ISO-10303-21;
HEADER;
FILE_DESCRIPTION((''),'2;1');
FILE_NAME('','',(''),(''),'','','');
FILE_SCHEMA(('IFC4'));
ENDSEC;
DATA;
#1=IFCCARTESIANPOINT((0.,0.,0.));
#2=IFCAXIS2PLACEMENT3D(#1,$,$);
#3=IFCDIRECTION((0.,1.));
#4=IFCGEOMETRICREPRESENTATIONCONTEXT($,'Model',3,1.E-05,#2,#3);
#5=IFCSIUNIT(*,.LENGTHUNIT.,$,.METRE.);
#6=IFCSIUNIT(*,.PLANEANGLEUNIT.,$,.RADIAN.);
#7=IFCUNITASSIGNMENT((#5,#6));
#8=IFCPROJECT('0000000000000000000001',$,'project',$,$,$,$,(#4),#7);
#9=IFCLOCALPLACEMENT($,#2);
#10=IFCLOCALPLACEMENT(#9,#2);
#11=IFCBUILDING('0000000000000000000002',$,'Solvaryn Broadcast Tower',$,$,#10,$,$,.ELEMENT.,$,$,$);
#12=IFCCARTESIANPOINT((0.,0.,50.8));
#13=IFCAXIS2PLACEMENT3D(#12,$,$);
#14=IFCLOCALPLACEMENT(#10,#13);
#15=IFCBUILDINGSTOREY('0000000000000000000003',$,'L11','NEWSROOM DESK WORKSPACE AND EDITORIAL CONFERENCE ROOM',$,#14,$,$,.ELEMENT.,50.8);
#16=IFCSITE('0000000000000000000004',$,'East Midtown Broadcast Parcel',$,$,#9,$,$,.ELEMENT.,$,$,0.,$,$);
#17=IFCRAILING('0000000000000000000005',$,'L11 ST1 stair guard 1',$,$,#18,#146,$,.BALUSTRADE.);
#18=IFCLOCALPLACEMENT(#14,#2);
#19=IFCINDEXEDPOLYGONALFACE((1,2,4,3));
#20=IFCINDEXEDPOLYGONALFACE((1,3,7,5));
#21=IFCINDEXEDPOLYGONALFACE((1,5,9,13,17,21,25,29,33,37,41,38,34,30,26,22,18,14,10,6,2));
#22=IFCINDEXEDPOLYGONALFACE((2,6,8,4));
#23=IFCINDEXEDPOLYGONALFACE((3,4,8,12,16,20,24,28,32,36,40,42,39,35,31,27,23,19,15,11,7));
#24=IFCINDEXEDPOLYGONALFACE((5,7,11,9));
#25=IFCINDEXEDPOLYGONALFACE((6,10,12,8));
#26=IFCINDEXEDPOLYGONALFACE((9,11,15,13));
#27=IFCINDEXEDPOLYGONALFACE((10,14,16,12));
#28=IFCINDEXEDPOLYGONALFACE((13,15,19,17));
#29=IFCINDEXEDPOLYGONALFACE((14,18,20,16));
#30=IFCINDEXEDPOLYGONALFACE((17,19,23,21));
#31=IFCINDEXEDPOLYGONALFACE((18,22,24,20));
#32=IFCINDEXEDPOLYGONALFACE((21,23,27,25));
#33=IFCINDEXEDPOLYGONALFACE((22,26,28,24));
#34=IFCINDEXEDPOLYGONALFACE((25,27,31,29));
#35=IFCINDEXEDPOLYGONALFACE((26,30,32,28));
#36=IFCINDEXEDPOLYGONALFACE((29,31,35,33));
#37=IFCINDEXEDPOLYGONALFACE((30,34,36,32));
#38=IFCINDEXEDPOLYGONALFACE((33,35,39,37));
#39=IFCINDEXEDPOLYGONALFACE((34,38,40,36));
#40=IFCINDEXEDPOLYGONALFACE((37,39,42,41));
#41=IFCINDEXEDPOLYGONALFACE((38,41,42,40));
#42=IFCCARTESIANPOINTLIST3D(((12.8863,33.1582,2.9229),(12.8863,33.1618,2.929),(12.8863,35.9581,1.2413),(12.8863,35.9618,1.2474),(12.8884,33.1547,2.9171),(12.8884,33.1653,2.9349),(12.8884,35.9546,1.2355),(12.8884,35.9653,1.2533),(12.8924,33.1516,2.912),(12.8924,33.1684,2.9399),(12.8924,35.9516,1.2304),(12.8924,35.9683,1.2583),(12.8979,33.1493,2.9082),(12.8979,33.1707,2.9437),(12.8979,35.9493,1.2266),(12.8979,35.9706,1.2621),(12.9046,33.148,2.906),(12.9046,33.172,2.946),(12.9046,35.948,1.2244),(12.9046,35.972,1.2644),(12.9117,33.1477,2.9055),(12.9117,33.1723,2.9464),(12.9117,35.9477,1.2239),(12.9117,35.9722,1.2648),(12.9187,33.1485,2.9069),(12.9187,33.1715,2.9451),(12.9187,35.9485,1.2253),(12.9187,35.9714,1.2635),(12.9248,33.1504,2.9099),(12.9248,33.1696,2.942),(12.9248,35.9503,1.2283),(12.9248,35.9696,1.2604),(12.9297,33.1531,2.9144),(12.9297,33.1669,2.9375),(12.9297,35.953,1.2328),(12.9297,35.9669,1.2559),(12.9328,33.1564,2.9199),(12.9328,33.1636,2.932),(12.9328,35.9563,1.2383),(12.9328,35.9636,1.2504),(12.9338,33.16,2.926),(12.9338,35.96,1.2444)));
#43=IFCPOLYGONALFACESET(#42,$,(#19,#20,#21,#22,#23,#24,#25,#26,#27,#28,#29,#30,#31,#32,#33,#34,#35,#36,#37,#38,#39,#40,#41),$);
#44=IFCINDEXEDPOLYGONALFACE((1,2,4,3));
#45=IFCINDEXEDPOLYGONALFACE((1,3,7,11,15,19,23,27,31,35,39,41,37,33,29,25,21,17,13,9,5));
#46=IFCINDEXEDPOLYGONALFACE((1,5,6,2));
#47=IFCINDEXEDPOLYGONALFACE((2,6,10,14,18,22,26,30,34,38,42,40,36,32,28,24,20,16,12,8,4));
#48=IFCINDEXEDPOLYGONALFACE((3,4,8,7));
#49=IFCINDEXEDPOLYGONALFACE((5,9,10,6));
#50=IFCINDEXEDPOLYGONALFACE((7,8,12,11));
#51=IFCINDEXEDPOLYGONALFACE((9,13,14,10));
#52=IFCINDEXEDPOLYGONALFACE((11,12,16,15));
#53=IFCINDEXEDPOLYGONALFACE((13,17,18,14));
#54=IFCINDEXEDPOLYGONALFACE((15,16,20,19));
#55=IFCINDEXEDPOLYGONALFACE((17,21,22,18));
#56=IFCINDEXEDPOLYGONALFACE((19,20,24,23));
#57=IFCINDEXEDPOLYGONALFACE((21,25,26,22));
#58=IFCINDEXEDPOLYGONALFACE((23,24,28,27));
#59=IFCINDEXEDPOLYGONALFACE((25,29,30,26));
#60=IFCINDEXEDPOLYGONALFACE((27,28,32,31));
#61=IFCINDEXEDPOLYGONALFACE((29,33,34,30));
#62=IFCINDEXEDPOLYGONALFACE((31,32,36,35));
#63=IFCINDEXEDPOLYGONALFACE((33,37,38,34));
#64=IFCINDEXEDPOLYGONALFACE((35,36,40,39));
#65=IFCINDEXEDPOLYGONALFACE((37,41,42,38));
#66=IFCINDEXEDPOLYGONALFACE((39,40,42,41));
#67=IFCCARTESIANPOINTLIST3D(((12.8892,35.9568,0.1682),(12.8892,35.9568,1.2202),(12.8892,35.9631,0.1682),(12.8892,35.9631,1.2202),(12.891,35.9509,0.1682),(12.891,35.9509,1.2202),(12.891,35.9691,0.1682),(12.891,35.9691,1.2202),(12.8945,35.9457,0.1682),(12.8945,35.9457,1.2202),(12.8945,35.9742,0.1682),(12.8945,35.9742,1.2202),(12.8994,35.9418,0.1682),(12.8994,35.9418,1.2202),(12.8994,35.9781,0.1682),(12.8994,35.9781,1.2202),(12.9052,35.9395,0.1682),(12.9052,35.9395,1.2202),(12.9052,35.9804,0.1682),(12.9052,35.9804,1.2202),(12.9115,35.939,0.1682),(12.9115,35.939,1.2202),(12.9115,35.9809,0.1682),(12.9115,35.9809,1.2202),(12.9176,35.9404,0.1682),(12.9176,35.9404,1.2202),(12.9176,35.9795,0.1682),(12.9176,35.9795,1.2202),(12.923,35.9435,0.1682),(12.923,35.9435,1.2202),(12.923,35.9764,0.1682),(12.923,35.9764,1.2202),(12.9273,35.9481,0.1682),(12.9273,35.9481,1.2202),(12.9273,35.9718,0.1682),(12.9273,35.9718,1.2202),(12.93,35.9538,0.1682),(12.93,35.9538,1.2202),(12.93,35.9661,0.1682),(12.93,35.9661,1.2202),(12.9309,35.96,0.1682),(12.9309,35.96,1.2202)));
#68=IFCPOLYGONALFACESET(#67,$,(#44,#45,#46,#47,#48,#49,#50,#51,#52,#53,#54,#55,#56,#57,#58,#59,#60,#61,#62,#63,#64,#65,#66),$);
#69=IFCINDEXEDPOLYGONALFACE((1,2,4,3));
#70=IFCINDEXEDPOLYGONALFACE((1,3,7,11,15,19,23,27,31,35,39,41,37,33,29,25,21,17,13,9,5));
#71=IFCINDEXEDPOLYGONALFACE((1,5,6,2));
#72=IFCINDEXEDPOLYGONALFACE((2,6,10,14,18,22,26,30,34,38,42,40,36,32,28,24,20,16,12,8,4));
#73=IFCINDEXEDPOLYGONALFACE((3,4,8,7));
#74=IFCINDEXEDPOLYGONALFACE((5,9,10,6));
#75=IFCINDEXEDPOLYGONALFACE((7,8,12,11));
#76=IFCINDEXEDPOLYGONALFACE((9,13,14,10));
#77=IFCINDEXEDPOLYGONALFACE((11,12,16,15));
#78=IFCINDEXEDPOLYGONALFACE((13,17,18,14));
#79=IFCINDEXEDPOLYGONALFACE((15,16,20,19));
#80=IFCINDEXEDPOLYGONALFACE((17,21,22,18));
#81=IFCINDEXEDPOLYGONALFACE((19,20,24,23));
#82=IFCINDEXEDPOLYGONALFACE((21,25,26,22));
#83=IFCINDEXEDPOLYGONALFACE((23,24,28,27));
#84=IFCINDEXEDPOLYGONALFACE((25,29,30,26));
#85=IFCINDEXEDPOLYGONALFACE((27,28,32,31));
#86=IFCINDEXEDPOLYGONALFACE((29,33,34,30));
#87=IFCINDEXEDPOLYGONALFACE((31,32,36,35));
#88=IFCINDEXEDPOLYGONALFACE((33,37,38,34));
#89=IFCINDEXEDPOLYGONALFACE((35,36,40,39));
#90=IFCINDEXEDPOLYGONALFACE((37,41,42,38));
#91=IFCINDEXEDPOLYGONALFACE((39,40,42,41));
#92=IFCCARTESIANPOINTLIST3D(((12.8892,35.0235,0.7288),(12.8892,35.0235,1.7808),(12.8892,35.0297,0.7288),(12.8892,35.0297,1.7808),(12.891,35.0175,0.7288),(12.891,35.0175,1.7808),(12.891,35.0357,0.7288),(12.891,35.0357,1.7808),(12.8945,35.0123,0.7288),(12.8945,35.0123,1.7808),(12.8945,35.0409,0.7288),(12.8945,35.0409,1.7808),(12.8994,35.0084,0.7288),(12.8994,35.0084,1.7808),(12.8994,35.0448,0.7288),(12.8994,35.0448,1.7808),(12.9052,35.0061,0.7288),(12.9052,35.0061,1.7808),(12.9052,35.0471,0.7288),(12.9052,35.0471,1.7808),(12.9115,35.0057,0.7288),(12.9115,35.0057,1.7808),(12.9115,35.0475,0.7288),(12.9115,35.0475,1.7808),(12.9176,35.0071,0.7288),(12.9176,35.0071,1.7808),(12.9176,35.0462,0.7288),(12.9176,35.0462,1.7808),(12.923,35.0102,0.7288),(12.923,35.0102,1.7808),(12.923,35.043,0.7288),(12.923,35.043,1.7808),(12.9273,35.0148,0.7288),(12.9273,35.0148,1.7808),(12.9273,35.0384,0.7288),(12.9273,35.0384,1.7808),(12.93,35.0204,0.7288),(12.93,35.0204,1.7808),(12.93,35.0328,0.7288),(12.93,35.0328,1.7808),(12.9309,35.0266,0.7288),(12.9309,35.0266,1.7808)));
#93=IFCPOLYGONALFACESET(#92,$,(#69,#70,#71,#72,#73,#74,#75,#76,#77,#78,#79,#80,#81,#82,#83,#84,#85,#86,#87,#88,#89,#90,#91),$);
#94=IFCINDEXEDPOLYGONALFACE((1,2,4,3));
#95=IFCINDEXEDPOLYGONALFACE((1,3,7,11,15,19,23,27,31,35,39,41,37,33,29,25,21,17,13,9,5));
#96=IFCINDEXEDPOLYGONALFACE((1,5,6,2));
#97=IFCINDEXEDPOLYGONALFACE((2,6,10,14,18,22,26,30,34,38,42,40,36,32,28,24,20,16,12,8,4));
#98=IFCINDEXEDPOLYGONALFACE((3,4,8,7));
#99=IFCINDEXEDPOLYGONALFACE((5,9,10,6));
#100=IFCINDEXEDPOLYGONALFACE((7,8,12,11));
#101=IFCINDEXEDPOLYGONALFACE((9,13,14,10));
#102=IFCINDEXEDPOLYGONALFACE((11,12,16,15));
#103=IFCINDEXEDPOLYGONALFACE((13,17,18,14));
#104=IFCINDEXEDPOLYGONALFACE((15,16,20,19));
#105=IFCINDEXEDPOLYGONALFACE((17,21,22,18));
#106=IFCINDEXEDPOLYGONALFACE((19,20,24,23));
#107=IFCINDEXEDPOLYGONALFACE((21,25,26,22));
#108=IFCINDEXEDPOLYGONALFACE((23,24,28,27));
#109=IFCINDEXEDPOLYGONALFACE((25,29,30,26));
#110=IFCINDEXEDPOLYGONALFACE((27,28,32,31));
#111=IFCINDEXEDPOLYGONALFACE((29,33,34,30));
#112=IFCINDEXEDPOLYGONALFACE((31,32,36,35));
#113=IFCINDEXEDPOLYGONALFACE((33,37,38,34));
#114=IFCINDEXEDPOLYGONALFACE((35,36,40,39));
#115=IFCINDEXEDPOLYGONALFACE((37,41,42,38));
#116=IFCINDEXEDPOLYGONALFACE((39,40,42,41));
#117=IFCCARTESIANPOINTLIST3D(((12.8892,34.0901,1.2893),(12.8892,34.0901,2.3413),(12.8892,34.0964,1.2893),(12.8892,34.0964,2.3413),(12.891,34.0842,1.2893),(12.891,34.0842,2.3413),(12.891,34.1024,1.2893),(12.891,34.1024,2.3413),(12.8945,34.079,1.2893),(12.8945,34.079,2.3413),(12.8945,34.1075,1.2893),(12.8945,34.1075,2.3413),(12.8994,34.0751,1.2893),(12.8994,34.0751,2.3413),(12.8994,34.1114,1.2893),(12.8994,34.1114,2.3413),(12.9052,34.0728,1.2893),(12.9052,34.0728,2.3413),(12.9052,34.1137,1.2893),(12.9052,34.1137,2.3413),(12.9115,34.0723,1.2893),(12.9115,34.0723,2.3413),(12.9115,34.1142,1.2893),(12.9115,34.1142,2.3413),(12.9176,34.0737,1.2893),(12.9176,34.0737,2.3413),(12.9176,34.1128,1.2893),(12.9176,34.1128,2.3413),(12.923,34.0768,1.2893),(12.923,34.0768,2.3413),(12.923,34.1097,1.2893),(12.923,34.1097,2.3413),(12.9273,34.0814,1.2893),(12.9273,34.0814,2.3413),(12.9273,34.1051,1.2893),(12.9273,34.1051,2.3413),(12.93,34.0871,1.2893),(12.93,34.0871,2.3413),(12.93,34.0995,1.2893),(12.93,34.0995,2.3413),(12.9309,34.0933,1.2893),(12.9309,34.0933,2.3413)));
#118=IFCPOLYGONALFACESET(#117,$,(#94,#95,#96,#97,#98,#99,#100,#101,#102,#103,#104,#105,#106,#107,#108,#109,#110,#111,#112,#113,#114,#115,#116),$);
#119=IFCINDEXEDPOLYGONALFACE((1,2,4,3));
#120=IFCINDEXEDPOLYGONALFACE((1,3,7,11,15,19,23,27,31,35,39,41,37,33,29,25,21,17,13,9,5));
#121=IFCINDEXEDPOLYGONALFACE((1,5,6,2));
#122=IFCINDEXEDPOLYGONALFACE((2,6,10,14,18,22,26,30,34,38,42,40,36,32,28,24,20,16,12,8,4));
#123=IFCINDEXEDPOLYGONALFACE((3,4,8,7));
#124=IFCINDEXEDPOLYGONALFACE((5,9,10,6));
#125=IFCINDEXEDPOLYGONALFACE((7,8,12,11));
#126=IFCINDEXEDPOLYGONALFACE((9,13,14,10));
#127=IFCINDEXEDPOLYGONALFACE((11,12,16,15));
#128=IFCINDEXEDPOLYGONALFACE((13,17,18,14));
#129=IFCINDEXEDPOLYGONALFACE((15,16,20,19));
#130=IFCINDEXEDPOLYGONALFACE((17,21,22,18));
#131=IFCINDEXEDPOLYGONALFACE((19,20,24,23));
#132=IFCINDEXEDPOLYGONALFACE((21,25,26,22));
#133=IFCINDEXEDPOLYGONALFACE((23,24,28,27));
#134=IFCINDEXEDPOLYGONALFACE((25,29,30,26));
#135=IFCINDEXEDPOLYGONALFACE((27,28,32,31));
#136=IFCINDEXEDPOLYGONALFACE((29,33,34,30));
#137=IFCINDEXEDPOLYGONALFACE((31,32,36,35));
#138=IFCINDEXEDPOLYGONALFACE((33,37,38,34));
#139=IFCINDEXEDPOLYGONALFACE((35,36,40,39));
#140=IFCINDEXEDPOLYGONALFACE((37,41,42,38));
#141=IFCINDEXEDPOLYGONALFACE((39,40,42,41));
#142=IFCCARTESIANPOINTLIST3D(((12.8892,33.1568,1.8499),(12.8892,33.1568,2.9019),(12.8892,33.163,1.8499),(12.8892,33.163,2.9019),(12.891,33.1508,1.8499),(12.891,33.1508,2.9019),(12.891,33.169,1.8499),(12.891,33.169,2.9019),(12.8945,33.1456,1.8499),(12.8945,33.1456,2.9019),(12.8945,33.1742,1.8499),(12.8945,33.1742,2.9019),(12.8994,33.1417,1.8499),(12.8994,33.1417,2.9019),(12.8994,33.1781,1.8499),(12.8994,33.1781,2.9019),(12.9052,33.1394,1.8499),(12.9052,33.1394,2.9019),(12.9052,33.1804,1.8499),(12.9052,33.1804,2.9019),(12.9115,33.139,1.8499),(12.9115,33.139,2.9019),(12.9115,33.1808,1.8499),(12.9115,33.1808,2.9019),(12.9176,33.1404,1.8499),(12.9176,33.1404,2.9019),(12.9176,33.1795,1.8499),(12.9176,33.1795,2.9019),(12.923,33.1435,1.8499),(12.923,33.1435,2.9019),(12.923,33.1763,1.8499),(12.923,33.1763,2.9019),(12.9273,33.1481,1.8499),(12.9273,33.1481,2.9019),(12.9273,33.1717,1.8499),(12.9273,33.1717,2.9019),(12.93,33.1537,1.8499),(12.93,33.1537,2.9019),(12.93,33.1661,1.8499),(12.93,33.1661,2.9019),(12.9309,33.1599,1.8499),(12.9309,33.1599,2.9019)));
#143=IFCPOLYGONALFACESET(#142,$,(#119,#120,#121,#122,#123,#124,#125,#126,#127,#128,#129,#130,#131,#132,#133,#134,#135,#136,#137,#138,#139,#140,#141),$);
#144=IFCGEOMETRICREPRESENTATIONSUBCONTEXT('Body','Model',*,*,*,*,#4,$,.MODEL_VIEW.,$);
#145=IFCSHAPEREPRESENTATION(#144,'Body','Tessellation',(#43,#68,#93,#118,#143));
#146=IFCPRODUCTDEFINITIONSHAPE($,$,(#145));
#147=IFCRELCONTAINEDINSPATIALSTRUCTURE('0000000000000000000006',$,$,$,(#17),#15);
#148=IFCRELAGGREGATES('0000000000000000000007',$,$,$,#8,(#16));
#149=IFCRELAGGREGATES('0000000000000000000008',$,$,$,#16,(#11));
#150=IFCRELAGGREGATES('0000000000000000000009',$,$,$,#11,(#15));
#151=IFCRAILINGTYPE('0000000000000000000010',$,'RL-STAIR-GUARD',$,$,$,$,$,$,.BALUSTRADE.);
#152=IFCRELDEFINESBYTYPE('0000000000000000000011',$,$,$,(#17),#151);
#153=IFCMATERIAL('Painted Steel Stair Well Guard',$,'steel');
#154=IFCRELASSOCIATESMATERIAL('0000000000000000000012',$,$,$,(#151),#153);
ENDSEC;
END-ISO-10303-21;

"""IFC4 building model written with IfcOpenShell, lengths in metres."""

from ifc_helpers import new_model, si_unit, direction, frame, origin, origin_2d, place, context, subcontext, project, spatial, circle, extrude, material, type_object, element, save


model = new_model("IFC4")

# Units and contexts
model_context = context("Model", 3, precision=1e-05, world=origin(), true_north=direction((0.0, 1.0)))
body_context = subcontext(model_context, "Body", "Model", "MODEL_VIEW")
ifc_project = project(units=[si_unit("LENGTHUNIT", "METRE"), si_unit("PLANEANGLEUNIT", "RADIAN")], contexts=[model_context])

# Site, building, storey
site_placement = place(None, origin())
site = spatial("IfcSite", under=ifc_project, at=site_placement, Name="East Midtown Broadcast Parcel", CompositionType="ELEMENT", RefElevation=0.0)
building_placement = place(site_placement, origin())
building = spatial("IfcBuilding", under=site, at=building_placement, Name="Solvaryn Broadcast Tower", CompositionType="ELEMENT")
storey_placement = place(building_placement, frame((0.0, 0.0, 50.8)))
storey = spatial("IfcBuildingStorey", under=building, at=storey_placement, Name="L11", Description="NEWSROOM DESK WORKSPACE AND EDITORIAL CONFERENCE ROOM", CompositionType="ELEMENT", Elevation=50.8)

# Railing
ifc_material_1 = material(Name="Painted Steel Stair Well Guard", Category="steel")
railing_type_1 = type_object("IfcRailingType", Name="RL-STAIR-GUARD", PredefinedType="BALUSTRADE", material=ifc_material_1)
railing_1_placement = place(storey_placement, frame((12.9099, 35.96, 0.1682)))
element("IfcRailing", 1, at=railing_1_placement, inside=storey, type_object=railing_type_1, Name="L11 ST1 stair guard 1", PredefinedType="BALUSTRADE", context=body_context, shape_type="SweptSolid", body=[
    extrude(circle(Radius=0.0239, at=origin_2d()), frame((0.0, 0.0, 1.0762), z_axis=(0.0, -0.857275, 0.514858), x_axis=(1.0, 0.0, 0.0)), (0.0, 0.0, 1.0), 3.2661),
    extrude(circle(Radius=0.021, at=origin_2d()), origin(), (0.0, 0.0, 1.0), 1.052),
    extrude(circle(Radius=0.021, at=origin_2d()), frame((0.0, -0.9333, 0.5605)), (0.0, 0.0, 1.0), 1.052),
    extrude(circle(Radius=0.021, at=origin_2d()), frame((0.0, -1.8667, 1.1211)), (0.0, 0.0, 1.0), 1.052),
    extrude(circle(Radius=0.021, at=origin_2d()), frame((0.0, -2.8, 1.6816)), (0.0, 0.0, 1.0), 1.052),
])

save(model, "model.ifc")
